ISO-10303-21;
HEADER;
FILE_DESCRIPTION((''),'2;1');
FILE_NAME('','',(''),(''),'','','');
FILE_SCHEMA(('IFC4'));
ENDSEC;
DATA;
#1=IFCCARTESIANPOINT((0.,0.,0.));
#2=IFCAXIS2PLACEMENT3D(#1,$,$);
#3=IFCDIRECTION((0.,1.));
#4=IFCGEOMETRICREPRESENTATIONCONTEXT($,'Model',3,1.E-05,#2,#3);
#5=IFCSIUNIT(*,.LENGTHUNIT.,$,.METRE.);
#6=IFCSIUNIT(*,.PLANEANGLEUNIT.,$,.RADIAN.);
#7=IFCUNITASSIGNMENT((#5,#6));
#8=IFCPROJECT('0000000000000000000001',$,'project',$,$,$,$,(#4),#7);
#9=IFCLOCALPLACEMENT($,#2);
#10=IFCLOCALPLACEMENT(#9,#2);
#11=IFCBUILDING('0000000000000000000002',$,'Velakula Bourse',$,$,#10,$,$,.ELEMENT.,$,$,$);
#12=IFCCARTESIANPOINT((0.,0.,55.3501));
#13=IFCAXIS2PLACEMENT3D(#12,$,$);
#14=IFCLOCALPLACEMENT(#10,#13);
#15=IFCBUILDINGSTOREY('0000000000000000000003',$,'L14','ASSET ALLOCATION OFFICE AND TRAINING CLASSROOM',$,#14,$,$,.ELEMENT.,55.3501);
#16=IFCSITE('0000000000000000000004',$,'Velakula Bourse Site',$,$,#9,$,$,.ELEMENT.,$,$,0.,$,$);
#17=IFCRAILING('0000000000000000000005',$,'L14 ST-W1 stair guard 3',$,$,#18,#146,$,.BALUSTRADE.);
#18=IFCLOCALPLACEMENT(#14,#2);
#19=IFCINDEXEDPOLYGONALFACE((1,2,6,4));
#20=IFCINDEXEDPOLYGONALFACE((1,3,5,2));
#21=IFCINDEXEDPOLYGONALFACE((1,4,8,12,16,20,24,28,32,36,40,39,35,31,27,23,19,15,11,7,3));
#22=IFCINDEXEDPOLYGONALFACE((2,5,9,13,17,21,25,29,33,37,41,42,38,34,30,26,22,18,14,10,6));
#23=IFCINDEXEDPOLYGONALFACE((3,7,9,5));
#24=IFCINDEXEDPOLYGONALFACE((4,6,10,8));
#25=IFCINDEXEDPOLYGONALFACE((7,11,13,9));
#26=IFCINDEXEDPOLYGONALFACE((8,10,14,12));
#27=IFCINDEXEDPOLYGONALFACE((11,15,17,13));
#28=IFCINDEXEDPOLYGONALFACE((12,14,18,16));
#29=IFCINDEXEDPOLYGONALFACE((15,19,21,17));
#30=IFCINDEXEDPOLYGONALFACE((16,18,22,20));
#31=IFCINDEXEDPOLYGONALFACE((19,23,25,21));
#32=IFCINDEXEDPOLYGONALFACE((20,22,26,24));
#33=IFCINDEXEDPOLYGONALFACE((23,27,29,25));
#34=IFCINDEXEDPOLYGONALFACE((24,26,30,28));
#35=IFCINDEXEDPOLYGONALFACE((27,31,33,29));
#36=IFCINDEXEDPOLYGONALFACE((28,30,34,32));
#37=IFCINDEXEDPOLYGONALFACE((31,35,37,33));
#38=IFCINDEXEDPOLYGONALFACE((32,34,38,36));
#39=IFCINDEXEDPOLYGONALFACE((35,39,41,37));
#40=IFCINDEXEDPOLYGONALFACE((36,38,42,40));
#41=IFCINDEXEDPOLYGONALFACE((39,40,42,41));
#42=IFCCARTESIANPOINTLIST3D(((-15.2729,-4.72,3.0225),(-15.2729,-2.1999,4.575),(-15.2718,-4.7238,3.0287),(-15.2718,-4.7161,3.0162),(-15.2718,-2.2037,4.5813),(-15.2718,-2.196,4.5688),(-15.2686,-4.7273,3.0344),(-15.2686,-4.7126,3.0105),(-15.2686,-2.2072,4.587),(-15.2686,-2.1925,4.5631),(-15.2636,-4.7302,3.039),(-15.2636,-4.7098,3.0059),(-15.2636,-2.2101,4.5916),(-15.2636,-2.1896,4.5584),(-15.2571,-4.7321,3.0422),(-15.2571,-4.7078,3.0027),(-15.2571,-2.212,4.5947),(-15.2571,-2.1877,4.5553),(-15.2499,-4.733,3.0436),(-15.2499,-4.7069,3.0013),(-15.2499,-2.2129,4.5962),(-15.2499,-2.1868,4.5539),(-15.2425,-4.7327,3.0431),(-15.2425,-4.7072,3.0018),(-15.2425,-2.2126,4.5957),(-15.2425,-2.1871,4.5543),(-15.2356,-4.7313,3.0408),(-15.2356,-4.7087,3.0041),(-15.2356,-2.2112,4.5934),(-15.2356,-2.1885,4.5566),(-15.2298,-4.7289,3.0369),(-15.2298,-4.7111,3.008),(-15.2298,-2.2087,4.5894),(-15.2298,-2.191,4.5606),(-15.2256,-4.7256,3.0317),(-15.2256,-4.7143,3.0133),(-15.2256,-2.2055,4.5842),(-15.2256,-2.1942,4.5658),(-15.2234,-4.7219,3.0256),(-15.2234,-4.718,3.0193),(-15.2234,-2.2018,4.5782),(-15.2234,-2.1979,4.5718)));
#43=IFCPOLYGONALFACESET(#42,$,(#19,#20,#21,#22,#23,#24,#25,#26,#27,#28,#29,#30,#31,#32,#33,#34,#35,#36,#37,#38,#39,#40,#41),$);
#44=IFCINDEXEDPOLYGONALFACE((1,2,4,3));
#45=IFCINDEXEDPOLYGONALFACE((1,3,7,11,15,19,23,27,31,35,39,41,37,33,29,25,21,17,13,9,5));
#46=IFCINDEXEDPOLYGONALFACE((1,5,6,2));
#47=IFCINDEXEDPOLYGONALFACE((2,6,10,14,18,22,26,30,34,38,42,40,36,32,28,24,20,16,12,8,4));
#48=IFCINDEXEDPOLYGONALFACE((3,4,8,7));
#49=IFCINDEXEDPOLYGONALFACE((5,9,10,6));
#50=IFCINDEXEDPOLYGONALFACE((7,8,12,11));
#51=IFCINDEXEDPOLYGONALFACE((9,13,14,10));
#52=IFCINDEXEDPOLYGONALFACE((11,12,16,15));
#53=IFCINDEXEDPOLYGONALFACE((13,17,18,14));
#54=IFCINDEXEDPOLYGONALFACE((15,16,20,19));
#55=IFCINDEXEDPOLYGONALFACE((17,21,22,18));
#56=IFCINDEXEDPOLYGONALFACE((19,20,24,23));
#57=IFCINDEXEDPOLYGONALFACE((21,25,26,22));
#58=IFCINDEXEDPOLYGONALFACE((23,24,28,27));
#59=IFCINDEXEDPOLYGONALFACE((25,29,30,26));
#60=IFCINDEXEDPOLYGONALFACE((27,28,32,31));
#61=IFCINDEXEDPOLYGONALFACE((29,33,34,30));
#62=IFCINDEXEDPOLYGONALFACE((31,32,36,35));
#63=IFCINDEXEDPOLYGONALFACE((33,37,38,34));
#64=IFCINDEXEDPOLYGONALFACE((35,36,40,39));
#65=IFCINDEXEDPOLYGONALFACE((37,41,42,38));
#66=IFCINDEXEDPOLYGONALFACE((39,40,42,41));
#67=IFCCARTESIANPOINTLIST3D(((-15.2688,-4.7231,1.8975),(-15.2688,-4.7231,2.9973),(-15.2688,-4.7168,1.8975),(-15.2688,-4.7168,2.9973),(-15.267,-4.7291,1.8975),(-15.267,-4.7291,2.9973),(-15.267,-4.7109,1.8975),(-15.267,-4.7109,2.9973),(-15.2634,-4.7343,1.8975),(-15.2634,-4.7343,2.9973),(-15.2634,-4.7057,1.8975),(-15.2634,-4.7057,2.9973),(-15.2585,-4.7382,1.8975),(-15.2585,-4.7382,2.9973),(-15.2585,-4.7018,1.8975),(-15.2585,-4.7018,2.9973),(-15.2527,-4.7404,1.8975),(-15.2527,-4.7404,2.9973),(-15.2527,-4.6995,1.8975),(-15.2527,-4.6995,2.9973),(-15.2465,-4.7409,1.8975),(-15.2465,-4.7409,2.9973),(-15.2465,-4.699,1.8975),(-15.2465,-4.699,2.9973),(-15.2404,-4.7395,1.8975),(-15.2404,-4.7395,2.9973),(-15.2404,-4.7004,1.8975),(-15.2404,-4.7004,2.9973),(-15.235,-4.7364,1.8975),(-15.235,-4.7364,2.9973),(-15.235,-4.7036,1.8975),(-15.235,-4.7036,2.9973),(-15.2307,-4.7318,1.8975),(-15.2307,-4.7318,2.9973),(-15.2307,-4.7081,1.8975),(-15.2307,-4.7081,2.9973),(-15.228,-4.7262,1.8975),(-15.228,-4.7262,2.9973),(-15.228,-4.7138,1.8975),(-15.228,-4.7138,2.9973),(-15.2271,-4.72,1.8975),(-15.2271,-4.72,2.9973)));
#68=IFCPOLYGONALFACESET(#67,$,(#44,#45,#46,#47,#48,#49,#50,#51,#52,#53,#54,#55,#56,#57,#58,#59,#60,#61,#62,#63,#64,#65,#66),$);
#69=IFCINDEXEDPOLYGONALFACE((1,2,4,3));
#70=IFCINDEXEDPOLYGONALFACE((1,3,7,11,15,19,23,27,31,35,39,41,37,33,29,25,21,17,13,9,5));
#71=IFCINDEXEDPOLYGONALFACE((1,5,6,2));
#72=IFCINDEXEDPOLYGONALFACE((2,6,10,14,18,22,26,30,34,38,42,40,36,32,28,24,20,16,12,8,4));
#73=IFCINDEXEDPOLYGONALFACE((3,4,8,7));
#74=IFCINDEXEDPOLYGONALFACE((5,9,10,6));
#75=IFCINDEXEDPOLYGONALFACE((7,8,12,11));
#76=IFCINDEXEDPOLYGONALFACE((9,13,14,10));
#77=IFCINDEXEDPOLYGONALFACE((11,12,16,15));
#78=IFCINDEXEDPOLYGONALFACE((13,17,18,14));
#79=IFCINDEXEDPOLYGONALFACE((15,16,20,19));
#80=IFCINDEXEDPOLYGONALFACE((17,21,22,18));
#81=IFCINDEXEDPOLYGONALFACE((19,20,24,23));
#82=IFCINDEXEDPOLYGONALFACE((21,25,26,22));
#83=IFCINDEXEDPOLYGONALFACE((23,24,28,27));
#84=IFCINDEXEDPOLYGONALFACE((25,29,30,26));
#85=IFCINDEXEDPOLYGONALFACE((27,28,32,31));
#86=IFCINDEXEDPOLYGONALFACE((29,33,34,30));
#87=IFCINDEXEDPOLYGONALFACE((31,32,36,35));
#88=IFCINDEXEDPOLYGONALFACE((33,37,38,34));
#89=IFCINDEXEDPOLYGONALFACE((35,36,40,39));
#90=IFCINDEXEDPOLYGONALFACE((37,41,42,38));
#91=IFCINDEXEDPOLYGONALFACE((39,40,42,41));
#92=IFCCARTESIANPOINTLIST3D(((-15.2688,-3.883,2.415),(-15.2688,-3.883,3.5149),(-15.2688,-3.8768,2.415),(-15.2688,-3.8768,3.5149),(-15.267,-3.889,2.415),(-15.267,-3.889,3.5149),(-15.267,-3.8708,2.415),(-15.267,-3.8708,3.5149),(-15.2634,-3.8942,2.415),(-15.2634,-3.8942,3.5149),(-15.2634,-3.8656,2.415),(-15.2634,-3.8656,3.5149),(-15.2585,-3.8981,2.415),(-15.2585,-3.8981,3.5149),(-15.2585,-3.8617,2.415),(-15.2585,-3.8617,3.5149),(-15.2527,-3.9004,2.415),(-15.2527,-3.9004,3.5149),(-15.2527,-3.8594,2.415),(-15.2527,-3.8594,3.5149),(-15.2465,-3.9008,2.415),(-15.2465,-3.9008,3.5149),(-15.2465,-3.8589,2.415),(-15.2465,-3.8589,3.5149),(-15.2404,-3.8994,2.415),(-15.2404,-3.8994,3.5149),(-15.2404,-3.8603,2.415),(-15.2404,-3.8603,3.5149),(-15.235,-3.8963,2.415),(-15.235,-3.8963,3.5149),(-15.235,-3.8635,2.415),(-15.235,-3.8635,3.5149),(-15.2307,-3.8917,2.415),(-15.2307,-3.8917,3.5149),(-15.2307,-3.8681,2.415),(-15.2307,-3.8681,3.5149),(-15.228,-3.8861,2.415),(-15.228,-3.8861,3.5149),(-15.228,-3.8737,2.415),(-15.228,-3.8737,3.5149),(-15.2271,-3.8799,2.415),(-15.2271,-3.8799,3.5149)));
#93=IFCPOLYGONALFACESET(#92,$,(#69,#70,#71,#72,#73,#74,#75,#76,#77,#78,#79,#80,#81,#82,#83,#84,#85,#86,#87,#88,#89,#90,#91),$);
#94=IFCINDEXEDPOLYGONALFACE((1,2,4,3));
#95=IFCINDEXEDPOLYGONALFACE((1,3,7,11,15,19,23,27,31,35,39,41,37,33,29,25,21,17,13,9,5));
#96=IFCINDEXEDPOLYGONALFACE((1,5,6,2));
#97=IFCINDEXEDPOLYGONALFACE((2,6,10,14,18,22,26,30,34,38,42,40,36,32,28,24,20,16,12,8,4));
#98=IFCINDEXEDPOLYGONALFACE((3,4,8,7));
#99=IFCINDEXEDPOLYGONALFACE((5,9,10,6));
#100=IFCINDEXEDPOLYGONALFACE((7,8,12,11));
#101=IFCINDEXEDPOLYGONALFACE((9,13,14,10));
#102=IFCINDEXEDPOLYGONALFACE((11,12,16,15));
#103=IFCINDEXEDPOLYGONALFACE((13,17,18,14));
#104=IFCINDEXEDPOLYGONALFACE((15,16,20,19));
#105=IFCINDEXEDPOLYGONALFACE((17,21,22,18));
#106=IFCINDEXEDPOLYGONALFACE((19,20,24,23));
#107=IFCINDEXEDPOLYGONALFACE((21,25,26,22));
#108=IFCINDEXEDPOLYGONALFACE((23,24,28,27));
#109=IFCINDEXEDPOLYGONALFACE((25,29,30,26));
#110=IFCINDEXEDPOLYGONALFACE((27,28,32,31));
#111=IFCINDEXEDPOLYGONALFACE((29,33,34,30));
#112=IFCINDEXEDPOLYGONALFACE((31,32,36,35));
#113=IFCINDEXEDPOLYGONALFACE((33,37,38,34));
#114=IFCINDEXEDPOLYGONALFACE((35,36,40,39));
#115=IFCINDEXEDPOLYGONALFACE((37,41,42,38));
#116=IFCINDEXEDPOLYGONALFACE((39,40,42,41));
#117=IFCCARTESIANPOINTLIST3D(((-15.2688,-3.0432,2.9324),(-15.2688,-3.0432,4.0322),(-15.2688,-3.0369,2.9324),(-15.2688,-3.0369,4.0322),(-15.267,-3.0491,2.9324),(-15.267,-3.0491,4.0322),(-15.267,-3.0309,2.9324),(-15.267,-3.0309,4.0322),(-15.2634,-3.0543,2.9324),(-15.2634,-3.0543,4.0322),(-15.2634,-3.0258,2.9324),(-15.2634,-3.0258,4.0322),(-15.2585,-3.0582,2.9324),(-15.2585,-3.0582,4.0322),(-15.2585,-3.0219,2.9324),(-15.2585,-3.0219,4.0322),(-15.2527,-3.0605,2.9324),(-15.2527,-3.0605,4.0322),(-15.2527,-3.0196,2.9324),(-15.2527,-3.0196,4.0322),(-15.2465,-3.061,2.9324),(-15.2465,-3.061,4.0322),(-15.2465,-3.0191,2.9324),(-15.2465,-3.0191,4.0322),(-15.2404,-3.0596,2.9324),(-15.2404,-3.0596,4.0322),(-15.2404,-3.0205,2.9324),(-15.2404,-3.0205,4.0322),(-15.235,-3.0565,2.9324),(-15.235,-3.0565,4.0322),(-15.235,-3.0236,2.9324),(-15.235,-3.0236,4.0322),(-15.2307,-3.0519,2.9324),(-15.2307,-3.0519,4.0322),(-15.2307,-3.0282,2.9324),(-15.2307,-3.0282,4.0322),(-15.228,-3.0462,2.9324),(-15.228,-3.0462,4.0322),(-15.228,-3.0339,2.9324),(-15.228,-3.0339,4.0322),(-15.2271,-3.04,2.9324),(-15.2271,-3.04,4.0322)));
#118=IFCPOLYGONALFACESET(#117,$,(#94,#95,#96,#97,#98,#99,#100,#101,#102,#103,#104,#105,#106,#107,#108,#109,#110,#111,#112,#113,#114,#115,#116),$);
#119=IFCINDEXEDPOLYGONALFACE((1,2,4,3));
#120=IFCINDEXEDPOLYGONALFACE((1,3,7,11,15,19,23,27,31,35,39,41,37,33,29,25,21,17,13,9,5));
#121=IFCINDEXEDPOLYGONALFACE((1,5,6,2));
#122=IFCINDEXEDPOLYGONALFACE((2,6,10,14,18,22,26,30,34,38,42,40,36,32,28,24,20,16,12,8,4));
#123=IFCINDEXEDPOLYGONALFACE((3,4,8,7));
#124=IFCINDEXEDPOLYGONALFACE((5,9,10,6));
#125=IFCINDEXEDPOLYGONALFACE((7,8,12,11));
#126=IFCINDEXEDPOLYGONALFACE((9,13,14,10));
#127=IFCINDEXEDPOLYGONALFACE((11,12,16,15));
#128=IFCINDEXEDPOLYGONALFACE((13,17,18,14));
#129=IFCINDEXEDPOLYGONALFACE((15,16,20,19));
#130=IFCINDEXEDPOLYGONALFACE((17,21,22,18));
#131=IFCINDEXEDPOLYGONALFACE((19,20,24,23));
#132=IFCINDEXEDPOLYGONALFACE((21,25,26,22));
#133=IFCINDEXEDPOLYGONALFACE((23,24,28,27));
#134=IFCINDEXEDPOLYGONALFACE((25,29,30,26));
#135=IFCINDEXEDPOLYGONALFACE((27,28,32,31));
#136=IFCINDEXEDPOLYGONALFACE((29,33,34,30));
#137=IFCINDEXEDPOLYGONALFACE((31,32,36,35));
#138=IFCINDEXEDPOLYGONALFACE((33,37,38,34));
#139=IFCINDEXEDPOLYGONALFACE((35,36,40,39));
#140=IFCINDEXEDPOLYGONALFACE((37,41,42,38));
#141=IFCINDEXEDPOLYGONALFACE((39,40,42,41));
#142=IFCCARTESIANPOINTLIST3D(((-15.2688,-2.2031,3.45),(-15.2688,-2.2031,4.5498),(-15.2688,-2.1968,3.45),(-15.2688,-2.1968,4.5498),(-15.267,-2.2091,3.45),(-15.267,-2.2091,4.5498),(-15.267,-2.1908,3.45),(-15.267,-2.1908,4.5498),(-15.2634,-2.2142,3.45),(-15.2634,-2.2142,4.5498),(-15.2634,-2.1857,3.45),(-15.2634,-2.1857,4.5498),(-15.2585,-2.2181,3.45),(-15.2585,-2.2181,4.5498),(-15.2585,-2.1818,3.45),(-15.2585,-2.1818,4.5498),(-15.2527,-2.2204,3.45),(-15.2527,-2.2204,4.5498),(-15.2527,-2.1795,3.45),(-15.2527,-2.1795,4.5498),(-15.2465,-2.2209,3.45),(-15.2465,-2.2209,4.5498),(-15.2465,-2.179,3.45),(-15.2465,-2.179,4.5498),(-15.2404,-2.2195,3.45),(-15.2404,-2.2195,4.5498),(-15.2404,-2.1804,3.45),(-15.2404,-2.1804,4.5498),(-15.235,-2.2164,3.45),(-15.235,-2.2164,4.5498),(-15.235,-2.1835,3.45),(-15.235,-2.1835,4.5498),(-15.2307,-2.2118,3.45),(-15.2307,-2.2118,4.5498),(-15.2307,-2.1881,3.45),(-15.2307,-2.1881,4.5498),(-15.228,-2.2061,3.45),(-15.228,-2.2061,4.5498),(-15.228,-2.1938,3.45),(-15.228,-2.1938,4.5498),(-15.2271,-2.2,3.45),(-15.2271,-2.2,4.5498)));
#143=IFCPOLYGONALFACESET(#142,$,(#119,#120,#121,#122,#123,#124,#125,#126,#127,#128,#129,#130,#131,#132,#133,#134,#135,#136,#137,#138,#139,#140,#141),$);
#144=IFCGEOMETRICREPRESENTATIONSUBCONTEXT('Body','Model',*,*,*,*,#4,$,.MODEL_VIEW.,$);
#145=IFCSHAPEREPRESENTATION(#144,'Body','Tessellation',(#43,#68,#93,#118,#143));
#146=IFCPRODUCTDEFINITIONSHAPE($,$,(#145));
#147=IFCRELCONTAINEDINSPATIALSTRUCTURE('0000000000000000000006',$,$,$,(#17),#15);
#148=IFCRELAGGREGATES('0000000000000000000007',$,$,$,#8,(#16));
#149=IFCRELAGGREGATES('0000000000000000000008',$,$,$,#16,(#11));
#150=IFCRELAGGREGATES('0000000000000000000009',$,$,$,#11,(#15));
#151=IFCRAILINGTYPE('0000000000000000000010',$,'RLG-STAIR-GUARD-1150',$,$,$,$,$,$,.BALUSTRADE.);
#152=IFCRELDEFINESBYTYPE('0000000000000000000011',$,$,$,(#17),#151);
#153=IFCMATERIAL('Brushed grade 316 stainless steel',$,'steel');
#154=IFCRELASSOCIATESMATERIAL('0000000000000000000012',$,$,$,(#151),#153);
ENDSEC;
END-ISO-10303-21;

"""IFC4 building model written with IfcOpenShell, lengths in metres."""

from ifc_helpers import new_model, si_unit, direction, frame, origin, origin_2d, place, context, subcontext, project, spatial, circle, extrude, material, type_object, element, save


model = new_model("IFC4")

# Units and contexts
model_context = context("Model", 3, precision=1e-05, world=origin(), true_north=direction((0.0, 1.0)))
body_context = subcontext(model_context, "Body", "Model", "MODEL_VIEW")
ifc_project = project(units=[si_unit("LENGTHUNIT", "METRE"), si_unit("PLANEANGLEUNIT", "RADIAN")], contexts=[model_context])

# Site, building, storey
site_placement = place(None, origin())
site = spatial("IfcSite", under=ifc_project, at=site_placement, Name="Velakula Bourse Site", CompositionType="ELEMENT", RefElevation=0.0)
building_placement = place(site_placement, origin())
building = spatial("IfcBuilding", under=site, at=building_placement, Name="Velakula Bourse", CompositionType="ELEMENT")
storey_placement = place(building_placement, frame((0.0, 0.0, 55.3501)))
storey = spatial("IfcBuildingStorey", under=building, at=storey_placement, Name="L14", Description="ASSET ALLOCATION OFFICE AND TRAINING CLASSROOM", CompositionType="ELEMENT", Elevation=55.3501)

# Shared definitions
ifc_material_1 = material(Name="Brushed grade 316 stainless steel", Category="steel")

# Railing
railing_type_1 = type_object("IfcRailingType", Name="RLG-STAIR-GUARD-1150", PredefinedType="BALUSTRADE", material=ifc_material_1)
railing_1_placement = place(storey_placement, frame((-15.248, -4.72, 1.8975)))
element("IfcRailing", 1, at=railing_1_placement, inside=storey, type_object=railing_type_1, Name="L14 ST-W1 stair guard 3", PredefinedType="BALUSTRADE", context=body_context, shape_type="SweptSolid", body=[
    extrude(circle(Radius=0.0249, at=origin_2d()), frame((0.0, 0.0, 1.125), z_axis=(0.0, 0.8514, 0.524516), x_axis=(-1.0, 0.0, 0.0)), (0.0, 0.0, 1.0), 2.96),
    extrude(circle(Radius=0.021, at=origin_2d()), origin(), (0.0, 0.0, 1.0), 1.0999),
    extrude(circle(Radius=0.021, at=origin_2d()), frame((0.0, 0.8401, 0.5176)), (0.0, 0.0, 1.0), 1.0999),
    extrude(circle(Radius=0.021, at=origin_2d()), frame((0.0, 1.6799, 1.0349)), (0.0, 0.0, 1.0), 1.0999),
    extrude(circle(Radius=0.021, at=origin_2d()), frame((0.0, 2.52, 1.5525)), (0.0, 0.0, 1.0), 1.0999),
])

save(model, "model.ifc")
